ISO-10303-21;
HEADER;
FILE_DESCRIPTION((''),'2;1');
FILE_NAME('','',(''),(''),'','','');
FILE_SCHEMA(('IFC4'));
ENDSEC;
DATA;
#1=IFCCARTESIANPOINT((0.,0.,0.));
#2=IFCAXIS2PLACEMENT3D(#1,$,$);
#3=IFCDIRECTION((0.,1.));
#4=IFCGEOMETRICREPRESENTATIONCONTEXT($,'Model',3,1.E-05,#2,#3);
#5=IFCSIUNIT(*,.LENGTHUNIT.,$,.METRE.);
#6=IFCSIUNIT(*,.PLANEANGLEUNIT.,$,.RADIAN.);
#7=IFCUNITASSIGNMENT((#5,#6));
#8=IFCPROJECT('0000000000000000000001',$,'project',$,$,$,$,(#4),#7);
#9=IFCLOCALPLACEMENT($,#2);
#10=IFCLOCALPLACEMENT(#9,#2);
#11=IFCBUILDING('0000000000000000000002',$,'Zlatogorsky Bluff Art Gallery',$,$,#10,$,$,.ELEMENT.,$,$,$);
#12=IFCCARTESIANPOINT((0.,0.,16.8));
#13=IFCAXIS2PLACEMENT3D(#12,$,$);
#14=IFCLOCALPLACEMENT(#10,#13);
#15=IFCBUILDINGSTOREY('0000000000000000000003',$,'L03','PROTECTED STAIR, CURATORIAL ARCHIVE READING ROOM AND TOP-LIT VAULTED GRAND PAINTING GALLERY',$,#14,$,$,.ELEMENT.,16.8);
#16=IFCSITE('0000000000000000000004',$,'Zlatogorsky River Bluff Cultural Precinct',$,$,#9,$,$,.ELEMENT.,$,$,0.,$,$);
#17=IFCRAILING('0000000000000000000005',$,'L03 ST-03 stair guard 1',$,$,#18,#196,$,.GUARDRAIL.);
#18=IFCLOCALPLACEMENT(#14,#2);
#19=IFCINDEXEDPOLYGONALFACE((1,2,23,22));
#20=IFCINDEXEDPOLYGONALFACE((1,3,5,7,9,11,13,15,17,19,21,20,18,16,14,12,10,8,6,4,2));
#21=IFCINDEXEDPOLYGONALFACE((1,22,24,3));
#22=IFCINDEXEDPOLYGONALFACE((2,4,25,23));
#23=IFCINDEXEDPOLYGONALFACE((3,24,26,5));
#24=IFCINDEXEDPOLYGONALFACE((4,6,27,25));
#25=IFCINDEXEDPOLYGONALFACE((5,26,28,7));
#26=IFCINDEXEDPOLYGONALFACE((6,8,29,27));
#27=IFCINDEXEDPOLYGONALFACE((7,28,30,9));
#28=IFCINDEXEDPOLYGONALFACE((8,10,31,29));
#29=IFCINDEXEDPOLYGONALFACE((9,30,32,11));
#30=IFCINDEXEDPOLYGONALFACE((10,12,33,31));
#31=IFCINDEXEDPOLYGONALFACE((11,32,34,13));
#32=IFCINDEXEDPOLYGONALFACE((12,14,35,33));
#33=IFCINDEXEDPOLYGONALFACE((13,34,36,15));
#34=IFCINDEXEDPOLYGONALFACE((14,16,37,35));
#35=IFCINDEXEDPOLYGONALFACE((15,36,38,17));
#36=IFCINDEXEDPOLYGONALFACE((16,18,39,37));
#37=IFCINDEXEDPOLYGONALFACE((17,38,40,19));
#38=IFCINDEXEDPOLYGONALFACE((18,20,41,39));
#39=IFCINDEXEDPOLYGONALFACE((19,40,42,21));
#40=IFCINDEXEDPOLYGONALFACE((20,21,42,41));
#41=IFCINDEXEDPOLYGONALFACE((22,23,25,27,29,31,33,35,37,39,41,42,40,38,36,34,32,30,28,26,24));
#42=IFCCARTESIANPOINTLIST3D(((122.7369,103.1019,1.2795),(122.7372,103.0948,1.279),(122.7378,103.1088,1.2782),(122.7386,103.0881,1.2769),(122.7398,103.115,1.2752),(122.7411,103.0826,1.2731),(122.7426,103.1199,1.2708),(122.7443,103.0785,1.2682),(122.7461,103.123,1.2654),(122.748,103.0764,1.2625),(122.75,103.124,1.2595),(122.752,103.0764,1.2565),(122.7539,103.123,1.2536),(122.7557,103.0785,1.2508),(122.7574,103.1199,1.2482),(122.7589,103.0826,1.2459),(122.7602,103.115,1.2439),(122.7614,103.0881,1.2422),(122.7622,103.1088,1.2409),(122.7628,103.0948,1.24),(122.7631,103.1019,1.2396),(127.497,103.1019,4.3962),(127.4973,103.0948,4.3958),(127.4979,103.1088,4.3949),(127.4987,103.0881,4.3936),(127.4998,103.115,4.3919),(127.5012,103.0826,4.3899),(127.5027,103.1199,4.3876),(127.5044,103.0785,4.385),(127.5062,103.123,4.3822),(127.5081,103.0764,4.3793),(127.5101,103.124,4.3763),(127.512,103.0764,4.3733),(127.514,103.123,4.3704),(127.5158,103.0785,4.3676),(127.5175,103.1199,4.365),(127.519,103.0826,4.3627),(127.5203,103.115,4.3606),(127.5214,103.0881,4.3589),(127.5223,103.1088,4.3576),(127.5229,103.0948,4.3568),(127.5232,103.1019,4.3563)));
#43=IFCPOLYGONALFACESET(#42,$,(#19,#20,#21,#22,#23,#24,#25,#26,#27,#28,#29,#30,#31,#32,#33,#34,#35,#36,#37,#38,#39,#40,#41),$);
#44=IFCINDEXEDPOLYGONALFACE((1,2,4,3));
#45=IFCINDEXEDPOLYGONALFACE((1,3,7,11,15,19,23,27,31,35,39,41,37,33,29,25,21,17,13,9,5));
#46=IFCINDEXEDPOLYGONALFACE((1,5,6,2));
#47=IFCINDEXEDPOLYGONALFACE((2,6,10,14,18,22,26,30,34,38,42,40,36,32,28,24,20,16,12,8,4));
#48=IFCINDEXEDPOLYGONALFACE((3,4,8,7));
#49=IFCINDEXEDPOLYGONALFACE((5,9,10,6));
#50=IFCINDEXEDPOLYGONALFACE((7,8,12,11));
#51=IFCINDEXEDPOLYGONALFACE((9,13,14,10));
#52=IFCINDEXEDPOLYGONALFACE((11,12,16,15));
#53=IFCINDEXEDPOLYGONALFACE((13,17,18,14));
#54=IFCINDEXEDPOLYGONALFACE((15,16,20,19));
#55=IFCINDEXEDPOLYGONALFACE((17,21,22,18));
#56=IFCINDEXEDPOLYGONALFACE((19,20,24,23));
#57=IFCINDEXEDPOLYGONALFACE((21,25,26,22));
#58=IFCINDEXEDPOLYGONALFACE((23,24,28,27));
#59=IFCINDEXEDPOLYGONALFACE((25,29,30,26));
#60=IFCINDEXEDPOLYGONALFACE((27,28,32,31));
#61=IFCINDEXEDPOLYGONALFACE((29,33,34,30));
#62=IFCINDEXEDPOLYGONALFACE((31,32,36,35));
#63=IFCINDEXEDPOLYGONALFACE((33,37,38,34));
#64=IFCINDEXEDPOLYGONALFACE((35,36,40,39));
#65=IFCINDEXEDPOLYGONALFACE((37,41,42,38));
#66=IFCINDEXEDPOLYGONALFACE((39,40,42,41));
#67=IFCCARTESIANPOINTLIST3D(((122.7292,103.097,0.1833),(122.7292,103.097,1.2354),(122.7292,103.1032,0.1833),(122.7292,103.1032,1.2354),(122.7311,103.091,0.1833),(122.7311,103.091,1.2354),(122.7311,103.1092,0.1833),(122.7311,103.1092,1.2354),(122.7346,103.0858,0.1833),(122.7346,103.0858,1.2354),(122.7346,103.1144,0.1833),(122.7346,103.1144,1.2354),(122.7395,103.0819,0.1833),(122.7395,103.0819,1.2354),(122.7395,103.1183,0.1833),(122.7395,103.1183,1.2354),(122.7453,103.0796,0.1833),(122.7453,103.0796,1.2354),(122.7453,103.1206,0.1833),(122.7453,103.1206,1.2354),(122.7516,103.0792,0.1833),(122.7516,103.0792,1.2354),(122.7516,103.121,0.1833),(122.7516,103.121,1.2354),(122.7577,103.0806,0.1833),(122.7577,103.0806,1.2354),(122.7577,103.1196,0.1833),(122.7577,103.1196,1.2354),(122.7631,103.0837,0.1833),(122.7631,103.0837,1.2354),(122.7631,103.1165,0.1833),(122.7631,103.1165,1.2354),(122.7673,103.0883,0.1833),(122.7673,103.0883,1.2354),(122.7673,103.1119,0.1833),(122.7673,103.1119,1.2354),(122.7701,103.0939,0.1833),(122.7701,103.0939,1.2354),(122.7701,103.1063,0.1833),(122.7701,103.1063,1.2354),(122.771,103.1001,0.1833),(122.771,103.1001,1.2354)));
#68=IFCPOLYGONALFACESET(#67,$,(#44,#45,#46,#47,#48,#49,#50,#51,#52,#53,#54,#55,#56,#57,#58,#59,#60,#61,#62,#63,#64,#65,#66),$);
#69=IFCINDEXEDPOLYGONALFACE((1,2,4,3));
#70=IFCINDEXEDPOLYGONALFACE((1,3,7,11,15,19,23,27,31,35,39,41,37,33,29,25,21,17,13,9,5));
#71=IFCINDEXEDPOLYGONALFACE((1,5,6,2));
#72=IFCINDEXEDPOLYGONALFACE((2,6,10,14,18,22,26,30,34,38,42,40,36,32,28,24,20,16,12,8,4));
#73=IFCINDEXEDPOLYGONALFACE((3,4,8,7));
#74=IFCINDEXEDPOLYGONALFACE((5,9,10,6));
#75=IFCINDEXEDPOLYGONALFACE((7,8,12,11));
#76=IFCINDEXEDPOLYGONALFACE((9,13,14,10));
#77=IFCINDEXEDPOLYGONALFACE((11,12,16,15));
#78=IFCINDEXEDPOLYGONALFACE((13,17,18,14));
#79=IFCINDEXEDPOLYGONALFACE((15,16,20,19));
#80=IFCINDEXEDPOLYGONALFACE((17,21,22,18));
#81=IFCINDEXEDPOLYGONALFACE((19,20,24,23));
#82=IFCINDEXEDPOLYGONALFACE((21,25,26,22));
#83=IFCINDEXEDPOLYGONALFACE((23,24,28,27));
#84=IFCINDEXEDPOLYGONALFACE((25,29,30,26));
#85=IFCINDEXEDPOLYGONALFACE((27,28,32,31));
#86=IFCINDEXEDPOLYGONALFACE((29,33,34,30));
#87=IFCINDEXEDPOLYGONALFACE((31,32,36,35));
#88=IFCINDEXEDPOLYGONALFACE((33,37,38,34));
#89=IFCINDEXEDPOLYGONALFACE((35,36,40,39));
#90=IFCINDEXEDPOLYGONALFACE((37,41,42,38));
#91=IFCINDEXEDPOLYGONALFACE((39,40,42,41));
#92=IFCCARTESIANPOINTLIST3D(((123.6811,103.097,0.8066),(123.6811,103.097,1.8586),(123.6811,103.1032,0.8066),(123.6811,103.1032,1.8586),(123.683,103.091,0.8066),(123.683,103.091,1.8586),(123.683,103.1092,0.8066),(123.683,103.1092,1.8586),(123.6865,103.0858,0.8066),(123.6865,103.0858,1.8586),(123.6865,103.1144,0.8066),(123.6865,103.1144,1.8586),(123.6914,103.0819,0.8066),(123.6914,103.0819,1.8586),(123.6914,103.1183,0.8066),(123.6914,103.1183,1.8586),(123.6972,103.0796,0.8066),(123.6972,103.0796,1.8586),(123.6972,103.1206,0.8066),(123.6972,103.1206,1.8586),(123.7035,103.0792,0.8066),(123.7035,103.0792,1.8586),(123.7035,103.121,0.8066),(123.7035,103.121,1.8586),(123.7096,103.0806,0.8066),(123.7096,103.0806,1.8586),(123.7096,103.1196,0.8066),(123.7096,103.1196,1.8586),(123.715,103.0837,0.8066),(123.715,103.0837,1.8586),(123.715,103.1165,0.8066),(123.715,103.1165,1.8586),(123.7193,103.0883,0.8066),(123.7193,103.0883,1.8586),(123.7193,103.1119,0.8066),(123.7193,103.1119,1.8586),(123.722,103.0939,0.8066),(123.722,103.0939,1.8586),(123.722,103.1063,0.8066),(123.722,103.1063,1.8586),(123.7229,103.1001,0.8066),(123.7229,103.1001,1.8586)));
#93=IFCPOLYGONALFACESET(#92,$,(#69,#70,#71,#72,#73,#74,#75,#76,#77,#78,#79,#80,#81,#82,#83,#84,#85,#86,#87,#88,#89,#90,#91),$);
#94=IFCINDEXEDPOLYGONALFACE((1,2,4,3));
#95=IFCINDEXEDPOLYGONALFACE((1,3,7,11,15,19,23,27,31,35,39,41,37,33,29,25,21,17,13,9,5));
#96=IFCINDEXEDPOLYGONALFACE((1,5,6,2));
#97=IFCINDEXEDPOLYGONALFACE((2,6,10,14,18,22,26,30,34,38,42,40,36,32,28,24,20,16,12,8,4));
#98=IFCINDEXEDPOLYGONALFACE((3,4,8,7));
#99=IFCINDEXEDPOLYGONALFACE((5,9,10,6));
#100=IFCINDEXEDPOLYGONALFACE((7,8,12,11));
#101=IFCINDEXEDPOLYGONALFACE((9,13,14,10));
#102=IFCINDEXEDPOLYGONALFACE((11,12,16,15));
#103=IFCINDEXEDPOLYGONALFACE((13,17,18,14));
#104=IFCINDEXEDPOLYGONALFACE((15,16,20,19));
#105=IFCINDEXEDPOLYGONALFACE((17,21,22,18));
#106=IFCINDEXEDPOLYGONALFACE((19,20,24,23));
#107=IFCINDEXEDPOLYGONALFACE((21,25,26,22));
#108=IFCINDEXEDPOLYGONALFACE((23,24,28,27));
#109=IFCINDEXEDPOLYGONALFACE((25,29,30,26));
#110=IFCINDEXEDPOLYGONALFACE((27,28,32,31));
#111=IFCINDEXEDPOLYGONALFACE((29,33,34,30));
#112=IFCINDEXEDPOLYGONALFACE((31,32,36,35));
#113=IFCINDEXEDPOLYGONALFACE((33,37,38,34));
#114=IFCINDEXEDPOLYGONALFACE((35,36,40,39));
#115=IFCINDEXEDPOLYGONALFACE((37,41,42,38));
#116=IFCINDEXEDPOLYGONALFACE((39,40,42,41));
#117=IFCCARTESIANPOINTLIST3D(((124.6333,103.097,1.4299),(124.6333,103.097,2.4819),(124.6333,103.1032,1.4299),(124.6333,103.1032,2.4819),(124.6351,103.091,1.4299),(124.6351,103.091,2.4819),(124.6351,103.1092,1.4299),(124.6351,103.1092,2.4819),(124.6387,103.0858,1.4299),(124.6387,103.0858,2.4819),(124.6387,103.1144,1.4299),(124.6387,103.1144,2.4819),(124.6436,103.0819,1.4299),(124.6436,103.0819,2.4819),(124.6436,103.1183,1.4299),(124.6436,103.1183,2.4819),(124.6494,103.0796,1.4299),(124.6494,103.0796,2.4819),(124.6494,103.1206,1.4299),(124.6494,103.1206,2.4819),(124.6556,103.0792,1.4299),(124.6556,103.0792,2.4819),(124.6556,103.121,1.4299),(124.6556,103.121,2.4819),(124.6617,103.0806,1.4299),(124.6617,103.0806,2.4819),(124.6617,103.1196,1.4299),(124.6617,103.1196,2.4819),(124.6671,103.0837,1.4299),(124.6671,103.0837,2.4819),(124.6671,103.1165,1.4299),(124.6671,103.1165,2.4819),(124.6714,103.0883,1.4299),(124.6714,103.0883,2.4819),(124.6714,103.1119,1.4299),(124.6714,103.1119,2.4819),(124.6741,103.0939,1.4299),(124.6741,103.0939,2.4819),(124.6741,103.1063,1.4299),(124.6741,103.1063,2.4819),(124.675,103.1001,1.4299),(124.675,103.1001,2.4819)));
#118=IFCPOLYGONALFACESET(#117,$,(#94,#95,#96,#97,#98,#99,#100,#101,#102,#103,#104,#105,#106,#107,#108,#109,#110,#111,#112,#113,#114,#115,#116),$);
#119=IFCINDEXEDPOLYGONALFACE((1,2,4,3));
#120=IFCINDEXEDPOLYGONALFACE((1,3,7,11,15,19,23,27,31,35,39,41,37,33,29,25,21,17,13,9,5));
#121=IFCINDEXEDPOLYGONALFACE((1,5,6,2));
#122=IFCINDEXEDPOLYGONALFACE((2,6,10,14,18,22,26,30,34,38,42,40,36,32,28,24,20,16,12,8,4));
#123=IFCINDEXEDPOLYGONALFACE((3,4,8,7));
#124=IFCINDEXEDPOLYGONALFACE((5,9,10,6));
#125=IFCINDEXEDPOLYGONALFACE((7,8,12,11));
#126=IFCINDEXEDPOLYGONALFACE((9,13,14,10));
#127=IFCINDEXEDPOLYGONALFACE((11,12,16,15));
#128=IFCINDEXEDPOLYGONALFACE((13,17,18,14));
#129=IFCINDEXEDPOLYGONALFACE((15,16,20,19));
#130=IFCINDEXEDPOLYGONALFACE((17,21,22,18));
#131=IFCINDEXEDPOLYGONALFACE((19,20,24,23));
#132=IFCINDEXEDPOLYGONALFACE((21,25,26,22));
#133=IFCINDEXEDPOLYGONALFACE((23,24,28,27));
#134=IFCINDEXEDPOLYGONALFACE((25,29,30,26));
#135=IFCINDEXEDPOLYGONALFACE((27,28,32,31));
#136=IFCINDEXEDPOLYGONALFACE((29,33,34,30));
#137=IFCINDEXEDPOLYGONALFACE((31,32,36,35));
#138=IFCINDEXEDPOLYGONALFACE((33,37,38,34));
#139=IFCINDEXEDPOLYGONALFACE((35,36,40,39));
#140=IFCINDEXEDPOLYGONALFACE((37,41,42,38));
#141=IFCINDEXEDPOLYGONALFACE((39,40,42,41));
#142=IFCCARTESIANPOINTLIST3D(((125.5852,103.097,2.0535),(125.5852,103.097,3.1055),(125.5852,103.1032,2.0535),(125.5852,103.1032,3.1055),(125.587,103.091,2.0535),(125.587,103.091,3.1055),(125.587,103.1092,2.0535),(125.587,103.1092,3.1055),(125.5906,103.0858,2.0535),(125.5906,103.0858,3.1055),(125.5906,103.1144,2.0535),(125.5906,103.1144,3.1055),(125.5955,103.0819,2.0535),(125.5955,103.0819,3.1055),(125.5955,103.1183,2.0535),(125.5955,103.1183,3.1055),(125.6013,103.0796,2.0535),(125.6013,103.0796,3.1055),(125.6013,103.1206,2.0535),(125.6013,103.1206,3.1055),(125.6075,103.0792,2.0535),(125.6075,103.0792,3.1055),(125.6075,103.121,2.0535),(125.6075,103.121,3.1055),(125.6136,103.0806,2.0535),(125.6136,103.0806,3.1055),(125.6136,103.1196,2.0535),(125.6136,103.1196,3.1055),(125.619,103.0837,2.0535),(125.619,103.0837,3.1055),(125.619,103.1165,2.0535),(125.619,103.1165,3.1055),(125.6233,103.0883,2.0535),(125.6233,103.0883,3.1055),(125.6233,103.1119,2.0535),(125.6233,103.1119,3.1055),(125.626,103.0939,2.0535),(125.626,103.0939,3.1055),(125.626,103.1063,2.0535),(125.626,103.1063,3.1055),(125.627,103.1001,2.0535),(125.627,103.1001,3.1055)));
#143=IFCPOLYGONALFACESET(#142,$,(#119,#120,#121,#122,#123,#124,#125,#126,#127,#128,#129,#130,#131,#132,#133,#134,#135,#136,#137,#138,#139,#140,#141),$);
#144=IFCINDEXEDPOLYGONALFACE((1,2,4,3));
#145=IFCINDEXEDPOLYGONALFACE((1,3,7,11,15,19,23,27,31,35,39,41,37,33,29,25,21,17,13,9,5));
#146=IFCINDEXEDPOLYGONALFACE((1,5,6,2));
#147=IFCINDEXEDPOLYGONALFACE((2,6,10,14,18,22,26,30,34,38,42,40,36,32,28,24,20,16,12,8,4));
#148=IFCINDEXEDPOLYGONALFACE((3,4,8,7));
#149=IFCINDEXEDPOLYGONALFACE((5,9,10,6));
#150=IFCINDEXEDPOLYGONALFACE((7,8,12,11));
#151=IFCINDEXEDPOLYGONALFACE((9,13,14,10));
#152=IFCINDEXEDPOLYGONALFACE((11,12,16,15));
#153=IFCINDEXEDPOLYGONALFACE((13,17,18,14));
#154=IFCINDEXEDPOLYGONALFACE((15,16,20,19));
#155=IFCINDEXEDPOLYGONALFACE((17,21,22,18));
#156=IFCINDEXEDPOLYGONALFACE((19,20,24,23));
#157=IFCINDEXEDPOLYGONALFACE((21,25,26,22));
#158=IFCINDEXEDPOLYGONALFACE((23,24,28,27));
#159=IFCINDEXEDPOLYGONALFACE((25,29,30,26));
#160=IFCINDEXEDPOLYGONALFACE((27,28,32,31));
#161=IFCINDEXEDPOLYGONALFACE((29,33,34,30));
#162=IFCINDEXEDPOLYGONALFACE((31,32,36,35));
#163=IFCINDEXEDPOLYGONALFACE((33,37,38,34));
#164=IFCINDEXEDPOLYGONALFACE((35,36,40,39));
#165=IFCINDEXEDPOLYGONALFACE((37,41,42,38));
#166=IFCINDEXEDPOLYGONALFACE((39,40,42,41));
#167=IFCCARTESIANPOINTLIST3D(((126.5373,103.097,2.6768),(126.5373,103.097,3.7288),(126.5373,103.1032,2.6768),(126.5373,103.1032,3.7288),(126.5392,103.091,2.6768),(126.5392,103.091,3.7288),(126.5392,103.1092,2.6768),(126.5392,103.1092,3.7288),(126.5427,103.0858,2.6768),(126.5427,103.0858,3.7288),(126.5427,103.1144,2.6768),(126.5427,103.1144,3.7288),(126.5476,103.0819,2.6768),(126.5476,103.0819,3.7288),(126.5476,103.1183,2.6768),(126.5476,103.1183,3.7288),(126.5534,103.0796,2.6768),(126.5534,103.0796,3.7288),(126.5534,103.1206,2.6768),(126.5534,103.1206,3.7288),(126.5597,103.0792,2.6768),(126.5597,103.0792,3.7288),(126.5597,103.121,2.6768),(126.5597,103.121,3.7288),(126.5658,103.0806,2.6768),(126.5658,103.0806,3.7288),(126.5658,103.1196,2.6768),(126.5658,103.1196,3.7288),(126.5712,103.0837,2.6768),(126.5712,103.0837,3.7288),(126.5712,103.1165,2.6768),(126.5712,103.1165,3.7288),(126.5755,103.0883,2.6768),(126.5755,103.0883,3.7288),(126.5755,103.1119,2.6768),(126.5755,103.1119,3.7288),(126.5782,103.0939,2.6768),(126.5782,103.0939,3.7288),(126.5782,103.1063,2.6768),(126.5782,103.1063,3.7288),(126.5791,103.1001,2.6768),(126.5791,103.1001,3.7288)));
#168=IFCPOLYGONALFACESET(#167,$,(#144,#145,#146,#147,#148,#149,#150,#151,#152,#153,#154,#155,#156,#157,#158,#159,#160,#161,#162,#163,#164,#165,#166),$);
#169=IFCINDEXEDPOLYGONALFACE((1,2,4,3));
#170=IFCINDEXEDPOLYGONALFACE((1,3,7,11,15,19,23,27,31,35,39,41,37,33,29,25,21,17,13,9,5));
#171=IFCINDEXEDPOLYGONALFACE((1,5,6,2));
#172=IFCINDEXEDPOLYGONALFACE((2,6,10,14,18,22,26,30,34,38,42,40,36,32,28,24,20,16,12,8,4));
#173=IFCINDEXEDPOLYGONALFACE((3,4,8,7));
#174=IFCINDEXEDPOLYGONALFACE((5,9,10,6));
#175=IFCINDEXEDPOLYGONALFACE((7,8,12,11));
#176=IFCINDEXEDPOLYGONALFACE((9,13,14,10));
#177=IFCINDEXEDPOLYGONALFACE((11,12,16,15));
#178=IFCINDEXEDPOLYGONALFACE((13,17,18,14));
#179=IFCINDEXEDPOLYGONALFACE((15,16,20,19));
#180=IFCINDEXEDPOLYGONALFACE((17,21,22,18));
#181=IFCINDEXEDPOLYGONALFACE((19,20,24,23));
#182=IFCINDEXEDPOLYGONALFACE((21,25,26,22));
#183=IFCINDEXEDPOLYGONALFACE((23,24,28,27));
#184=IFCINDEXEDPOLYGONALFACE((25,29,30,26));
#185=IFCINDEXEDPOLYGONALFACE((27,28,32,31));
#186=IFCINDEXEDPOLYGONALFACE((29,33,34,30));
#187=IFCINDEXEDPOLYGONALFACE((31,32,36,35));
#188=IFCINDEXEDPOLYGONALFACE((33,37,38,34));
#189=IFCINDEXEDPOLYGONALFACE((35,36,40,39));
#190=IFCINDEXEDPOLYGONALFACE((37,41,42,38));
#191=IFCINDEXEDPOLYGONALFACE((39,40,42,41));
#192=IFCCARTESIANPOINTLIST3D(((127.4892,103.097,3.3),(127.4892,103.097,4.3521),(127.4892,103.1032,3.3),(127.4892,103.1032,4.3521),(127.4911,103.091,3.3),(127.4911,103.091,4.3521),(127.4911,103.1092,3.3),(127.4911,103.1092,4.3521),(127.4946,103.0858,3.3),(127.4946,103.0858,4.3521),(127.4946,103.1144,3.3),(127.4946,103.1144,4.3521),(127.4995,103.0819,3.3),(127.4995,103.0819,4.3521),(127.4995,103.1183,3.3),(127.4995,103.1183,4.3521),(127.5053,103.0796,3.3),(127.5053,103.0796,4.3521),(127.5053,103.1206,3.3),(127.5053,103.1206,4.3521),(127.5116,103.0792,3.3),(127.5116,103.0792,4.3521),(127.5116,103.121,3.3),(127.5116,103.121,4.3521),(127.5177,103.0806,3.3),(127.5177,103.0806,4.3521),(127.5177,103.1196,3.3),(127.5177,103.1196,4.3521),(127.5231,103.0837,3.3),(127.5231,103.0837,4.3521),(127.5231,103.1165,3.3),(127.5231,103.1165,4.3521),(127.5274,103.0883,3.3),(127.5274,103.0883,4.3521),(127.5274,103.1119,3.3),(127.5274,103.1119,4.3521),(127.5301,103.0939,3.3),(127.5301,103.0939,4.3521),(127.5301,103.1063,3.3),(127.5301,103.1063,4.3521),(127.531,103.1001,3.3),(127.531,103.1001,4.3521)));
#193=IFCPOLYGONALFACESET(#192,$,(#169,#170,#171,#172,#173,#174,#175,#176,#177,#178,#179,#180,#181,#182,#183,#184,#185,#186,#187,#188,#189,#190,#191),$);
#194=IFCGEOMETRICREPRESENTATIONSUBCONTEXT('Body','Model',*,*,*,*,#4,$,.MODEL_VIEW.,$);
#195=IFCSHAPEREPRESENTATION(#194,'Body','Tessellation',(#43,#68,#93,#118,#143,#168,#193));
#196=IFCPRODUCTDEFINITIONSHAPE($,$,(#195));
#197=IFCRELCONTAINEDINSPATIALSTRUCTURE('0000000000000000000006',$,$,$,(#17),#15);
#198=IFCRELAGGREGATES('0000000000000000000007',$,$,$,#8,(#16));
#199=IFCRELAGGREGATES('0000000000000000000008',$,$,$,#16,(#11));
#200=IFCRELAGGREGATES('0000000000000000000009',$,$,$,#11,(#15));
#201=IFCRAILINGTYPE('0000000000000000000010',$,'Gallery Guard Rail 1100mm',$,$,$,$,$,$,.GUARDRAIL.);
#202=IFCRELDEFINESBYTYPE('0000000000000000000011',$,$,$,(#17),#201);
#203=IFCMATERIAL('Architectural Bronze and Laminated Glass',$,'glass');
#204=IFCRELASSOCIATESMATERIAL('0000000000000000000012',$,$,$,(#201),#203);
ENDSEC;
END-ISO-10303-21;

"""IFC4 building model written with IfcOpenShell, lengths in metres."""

from ifc_helpers import new_model, si_unit, direction, frame, origin, origin_2d, place, context, subcontext, project, spatial, circle, extrude, material, type_object, element, save


model = new_model("IFC4")

# Units and contexts
model_context = context("Model", 3, precision=1e-05, world=origin(), true_north=direction((0.0, 1.0)))
body_context = subcontext(model_context, "Body", "Model", "MODEL_VIEW")
ifc_project = project(units=[si_unit("LENGTHUNIT", "METRE"), si_unit("PLANEANGLEUNIT", "RADIAN")], contexts=[model_context])

# Site, building, storey
site_placement = place(None, origin())
site = spatial("IfcSite", under=ifc_project, at=site_placement, Name="Zlatogorsky River Bluff Cultural Precinct", CompositionType="ELEMENT", RefElevation=0.0)
building_placement = place(site_placement, origin())
building = spatial("IfcBuilding", under=site, at=building_placement, Name="Zlatogorsky Bluff Art Gallery", CompositionType="ELEMENT")
storey_placement = place(building_placement, frame((0.0, 0.0, 16.8)))
storey = spatial("IfcBuildingStorey", under=building, at=storey_placement, Name="L03", Description="PROTECTED STAIR, CURATORIAL ARCHIVE READING ROOM AND TOP-LIT VAULTED GRAND PAINTING GALLERY", CompositionType="ELEMENT", Elevation=16.8)

# Railing
ifc_material_1 = material(Name="Architectural Bronze and Laminated Glass", Category="glass")
railing_type_1 = type_object("IfcRailingType", Name="Gallery Guard Rail 1100mm", PredefinedType="GUARDRAIL", material=ifc_material_1)
railing_1_placement = place(storey_placement, frame((122.75, 103.1001, 0.1833)))
element("IfcRailing", 1, at=railing_1_placement, inside=storey, type_object=railing_type_1, Name="L03 ST-03 stair guard 1", PredefinedType="GUARDRAIL", context=body_context, shape_type="SweptSolid", body=[
    extrude(circle(Radius=0.0239, at=origin_2d()), frame((0.0, 0.0, 1.0762), z_axis=(0.836616, 0.0, 0.547789), x_axis=(0.0, 1.0, 0.0)), (0.0, 0.0, 1.0), 5.6897),
    extrude(circle(Radius=0.021, at=origin_2d()), origin(), (0.0, 0.0, 1.0), 1.052),
    extrude(circle(Radius=0.021, at=origin_2d()), frame((0.9519, 0.0, 0.6233)), (0.0, 0.0, 1.0), 1.052),
    extrude(circle(Radius=0.021, at=origin_2d()), frame((1.9041, 0.0, 1.2466)), (0.0, 0.0, 1.0), 1.052),
    extrude(circle(Radius=0.021, at=origin_2d()), frame((2.856, 0.0, 1.8701)), (0.0, 0.0, 1.0), 1.052),
    extrude(circle(Radius=0.021, at=origin_2d()), frame((3.8081, 0.0, 2.4934)), (0.0, 0.0, 1.0), 1.052),
    extrude(circle(Radius=0.021, at=origin_2d()), frame((4.76, 0.0, 3.1167)), (0.0, 0.0, 1.0), 1.052),
])

save(model, "model.ifc")
